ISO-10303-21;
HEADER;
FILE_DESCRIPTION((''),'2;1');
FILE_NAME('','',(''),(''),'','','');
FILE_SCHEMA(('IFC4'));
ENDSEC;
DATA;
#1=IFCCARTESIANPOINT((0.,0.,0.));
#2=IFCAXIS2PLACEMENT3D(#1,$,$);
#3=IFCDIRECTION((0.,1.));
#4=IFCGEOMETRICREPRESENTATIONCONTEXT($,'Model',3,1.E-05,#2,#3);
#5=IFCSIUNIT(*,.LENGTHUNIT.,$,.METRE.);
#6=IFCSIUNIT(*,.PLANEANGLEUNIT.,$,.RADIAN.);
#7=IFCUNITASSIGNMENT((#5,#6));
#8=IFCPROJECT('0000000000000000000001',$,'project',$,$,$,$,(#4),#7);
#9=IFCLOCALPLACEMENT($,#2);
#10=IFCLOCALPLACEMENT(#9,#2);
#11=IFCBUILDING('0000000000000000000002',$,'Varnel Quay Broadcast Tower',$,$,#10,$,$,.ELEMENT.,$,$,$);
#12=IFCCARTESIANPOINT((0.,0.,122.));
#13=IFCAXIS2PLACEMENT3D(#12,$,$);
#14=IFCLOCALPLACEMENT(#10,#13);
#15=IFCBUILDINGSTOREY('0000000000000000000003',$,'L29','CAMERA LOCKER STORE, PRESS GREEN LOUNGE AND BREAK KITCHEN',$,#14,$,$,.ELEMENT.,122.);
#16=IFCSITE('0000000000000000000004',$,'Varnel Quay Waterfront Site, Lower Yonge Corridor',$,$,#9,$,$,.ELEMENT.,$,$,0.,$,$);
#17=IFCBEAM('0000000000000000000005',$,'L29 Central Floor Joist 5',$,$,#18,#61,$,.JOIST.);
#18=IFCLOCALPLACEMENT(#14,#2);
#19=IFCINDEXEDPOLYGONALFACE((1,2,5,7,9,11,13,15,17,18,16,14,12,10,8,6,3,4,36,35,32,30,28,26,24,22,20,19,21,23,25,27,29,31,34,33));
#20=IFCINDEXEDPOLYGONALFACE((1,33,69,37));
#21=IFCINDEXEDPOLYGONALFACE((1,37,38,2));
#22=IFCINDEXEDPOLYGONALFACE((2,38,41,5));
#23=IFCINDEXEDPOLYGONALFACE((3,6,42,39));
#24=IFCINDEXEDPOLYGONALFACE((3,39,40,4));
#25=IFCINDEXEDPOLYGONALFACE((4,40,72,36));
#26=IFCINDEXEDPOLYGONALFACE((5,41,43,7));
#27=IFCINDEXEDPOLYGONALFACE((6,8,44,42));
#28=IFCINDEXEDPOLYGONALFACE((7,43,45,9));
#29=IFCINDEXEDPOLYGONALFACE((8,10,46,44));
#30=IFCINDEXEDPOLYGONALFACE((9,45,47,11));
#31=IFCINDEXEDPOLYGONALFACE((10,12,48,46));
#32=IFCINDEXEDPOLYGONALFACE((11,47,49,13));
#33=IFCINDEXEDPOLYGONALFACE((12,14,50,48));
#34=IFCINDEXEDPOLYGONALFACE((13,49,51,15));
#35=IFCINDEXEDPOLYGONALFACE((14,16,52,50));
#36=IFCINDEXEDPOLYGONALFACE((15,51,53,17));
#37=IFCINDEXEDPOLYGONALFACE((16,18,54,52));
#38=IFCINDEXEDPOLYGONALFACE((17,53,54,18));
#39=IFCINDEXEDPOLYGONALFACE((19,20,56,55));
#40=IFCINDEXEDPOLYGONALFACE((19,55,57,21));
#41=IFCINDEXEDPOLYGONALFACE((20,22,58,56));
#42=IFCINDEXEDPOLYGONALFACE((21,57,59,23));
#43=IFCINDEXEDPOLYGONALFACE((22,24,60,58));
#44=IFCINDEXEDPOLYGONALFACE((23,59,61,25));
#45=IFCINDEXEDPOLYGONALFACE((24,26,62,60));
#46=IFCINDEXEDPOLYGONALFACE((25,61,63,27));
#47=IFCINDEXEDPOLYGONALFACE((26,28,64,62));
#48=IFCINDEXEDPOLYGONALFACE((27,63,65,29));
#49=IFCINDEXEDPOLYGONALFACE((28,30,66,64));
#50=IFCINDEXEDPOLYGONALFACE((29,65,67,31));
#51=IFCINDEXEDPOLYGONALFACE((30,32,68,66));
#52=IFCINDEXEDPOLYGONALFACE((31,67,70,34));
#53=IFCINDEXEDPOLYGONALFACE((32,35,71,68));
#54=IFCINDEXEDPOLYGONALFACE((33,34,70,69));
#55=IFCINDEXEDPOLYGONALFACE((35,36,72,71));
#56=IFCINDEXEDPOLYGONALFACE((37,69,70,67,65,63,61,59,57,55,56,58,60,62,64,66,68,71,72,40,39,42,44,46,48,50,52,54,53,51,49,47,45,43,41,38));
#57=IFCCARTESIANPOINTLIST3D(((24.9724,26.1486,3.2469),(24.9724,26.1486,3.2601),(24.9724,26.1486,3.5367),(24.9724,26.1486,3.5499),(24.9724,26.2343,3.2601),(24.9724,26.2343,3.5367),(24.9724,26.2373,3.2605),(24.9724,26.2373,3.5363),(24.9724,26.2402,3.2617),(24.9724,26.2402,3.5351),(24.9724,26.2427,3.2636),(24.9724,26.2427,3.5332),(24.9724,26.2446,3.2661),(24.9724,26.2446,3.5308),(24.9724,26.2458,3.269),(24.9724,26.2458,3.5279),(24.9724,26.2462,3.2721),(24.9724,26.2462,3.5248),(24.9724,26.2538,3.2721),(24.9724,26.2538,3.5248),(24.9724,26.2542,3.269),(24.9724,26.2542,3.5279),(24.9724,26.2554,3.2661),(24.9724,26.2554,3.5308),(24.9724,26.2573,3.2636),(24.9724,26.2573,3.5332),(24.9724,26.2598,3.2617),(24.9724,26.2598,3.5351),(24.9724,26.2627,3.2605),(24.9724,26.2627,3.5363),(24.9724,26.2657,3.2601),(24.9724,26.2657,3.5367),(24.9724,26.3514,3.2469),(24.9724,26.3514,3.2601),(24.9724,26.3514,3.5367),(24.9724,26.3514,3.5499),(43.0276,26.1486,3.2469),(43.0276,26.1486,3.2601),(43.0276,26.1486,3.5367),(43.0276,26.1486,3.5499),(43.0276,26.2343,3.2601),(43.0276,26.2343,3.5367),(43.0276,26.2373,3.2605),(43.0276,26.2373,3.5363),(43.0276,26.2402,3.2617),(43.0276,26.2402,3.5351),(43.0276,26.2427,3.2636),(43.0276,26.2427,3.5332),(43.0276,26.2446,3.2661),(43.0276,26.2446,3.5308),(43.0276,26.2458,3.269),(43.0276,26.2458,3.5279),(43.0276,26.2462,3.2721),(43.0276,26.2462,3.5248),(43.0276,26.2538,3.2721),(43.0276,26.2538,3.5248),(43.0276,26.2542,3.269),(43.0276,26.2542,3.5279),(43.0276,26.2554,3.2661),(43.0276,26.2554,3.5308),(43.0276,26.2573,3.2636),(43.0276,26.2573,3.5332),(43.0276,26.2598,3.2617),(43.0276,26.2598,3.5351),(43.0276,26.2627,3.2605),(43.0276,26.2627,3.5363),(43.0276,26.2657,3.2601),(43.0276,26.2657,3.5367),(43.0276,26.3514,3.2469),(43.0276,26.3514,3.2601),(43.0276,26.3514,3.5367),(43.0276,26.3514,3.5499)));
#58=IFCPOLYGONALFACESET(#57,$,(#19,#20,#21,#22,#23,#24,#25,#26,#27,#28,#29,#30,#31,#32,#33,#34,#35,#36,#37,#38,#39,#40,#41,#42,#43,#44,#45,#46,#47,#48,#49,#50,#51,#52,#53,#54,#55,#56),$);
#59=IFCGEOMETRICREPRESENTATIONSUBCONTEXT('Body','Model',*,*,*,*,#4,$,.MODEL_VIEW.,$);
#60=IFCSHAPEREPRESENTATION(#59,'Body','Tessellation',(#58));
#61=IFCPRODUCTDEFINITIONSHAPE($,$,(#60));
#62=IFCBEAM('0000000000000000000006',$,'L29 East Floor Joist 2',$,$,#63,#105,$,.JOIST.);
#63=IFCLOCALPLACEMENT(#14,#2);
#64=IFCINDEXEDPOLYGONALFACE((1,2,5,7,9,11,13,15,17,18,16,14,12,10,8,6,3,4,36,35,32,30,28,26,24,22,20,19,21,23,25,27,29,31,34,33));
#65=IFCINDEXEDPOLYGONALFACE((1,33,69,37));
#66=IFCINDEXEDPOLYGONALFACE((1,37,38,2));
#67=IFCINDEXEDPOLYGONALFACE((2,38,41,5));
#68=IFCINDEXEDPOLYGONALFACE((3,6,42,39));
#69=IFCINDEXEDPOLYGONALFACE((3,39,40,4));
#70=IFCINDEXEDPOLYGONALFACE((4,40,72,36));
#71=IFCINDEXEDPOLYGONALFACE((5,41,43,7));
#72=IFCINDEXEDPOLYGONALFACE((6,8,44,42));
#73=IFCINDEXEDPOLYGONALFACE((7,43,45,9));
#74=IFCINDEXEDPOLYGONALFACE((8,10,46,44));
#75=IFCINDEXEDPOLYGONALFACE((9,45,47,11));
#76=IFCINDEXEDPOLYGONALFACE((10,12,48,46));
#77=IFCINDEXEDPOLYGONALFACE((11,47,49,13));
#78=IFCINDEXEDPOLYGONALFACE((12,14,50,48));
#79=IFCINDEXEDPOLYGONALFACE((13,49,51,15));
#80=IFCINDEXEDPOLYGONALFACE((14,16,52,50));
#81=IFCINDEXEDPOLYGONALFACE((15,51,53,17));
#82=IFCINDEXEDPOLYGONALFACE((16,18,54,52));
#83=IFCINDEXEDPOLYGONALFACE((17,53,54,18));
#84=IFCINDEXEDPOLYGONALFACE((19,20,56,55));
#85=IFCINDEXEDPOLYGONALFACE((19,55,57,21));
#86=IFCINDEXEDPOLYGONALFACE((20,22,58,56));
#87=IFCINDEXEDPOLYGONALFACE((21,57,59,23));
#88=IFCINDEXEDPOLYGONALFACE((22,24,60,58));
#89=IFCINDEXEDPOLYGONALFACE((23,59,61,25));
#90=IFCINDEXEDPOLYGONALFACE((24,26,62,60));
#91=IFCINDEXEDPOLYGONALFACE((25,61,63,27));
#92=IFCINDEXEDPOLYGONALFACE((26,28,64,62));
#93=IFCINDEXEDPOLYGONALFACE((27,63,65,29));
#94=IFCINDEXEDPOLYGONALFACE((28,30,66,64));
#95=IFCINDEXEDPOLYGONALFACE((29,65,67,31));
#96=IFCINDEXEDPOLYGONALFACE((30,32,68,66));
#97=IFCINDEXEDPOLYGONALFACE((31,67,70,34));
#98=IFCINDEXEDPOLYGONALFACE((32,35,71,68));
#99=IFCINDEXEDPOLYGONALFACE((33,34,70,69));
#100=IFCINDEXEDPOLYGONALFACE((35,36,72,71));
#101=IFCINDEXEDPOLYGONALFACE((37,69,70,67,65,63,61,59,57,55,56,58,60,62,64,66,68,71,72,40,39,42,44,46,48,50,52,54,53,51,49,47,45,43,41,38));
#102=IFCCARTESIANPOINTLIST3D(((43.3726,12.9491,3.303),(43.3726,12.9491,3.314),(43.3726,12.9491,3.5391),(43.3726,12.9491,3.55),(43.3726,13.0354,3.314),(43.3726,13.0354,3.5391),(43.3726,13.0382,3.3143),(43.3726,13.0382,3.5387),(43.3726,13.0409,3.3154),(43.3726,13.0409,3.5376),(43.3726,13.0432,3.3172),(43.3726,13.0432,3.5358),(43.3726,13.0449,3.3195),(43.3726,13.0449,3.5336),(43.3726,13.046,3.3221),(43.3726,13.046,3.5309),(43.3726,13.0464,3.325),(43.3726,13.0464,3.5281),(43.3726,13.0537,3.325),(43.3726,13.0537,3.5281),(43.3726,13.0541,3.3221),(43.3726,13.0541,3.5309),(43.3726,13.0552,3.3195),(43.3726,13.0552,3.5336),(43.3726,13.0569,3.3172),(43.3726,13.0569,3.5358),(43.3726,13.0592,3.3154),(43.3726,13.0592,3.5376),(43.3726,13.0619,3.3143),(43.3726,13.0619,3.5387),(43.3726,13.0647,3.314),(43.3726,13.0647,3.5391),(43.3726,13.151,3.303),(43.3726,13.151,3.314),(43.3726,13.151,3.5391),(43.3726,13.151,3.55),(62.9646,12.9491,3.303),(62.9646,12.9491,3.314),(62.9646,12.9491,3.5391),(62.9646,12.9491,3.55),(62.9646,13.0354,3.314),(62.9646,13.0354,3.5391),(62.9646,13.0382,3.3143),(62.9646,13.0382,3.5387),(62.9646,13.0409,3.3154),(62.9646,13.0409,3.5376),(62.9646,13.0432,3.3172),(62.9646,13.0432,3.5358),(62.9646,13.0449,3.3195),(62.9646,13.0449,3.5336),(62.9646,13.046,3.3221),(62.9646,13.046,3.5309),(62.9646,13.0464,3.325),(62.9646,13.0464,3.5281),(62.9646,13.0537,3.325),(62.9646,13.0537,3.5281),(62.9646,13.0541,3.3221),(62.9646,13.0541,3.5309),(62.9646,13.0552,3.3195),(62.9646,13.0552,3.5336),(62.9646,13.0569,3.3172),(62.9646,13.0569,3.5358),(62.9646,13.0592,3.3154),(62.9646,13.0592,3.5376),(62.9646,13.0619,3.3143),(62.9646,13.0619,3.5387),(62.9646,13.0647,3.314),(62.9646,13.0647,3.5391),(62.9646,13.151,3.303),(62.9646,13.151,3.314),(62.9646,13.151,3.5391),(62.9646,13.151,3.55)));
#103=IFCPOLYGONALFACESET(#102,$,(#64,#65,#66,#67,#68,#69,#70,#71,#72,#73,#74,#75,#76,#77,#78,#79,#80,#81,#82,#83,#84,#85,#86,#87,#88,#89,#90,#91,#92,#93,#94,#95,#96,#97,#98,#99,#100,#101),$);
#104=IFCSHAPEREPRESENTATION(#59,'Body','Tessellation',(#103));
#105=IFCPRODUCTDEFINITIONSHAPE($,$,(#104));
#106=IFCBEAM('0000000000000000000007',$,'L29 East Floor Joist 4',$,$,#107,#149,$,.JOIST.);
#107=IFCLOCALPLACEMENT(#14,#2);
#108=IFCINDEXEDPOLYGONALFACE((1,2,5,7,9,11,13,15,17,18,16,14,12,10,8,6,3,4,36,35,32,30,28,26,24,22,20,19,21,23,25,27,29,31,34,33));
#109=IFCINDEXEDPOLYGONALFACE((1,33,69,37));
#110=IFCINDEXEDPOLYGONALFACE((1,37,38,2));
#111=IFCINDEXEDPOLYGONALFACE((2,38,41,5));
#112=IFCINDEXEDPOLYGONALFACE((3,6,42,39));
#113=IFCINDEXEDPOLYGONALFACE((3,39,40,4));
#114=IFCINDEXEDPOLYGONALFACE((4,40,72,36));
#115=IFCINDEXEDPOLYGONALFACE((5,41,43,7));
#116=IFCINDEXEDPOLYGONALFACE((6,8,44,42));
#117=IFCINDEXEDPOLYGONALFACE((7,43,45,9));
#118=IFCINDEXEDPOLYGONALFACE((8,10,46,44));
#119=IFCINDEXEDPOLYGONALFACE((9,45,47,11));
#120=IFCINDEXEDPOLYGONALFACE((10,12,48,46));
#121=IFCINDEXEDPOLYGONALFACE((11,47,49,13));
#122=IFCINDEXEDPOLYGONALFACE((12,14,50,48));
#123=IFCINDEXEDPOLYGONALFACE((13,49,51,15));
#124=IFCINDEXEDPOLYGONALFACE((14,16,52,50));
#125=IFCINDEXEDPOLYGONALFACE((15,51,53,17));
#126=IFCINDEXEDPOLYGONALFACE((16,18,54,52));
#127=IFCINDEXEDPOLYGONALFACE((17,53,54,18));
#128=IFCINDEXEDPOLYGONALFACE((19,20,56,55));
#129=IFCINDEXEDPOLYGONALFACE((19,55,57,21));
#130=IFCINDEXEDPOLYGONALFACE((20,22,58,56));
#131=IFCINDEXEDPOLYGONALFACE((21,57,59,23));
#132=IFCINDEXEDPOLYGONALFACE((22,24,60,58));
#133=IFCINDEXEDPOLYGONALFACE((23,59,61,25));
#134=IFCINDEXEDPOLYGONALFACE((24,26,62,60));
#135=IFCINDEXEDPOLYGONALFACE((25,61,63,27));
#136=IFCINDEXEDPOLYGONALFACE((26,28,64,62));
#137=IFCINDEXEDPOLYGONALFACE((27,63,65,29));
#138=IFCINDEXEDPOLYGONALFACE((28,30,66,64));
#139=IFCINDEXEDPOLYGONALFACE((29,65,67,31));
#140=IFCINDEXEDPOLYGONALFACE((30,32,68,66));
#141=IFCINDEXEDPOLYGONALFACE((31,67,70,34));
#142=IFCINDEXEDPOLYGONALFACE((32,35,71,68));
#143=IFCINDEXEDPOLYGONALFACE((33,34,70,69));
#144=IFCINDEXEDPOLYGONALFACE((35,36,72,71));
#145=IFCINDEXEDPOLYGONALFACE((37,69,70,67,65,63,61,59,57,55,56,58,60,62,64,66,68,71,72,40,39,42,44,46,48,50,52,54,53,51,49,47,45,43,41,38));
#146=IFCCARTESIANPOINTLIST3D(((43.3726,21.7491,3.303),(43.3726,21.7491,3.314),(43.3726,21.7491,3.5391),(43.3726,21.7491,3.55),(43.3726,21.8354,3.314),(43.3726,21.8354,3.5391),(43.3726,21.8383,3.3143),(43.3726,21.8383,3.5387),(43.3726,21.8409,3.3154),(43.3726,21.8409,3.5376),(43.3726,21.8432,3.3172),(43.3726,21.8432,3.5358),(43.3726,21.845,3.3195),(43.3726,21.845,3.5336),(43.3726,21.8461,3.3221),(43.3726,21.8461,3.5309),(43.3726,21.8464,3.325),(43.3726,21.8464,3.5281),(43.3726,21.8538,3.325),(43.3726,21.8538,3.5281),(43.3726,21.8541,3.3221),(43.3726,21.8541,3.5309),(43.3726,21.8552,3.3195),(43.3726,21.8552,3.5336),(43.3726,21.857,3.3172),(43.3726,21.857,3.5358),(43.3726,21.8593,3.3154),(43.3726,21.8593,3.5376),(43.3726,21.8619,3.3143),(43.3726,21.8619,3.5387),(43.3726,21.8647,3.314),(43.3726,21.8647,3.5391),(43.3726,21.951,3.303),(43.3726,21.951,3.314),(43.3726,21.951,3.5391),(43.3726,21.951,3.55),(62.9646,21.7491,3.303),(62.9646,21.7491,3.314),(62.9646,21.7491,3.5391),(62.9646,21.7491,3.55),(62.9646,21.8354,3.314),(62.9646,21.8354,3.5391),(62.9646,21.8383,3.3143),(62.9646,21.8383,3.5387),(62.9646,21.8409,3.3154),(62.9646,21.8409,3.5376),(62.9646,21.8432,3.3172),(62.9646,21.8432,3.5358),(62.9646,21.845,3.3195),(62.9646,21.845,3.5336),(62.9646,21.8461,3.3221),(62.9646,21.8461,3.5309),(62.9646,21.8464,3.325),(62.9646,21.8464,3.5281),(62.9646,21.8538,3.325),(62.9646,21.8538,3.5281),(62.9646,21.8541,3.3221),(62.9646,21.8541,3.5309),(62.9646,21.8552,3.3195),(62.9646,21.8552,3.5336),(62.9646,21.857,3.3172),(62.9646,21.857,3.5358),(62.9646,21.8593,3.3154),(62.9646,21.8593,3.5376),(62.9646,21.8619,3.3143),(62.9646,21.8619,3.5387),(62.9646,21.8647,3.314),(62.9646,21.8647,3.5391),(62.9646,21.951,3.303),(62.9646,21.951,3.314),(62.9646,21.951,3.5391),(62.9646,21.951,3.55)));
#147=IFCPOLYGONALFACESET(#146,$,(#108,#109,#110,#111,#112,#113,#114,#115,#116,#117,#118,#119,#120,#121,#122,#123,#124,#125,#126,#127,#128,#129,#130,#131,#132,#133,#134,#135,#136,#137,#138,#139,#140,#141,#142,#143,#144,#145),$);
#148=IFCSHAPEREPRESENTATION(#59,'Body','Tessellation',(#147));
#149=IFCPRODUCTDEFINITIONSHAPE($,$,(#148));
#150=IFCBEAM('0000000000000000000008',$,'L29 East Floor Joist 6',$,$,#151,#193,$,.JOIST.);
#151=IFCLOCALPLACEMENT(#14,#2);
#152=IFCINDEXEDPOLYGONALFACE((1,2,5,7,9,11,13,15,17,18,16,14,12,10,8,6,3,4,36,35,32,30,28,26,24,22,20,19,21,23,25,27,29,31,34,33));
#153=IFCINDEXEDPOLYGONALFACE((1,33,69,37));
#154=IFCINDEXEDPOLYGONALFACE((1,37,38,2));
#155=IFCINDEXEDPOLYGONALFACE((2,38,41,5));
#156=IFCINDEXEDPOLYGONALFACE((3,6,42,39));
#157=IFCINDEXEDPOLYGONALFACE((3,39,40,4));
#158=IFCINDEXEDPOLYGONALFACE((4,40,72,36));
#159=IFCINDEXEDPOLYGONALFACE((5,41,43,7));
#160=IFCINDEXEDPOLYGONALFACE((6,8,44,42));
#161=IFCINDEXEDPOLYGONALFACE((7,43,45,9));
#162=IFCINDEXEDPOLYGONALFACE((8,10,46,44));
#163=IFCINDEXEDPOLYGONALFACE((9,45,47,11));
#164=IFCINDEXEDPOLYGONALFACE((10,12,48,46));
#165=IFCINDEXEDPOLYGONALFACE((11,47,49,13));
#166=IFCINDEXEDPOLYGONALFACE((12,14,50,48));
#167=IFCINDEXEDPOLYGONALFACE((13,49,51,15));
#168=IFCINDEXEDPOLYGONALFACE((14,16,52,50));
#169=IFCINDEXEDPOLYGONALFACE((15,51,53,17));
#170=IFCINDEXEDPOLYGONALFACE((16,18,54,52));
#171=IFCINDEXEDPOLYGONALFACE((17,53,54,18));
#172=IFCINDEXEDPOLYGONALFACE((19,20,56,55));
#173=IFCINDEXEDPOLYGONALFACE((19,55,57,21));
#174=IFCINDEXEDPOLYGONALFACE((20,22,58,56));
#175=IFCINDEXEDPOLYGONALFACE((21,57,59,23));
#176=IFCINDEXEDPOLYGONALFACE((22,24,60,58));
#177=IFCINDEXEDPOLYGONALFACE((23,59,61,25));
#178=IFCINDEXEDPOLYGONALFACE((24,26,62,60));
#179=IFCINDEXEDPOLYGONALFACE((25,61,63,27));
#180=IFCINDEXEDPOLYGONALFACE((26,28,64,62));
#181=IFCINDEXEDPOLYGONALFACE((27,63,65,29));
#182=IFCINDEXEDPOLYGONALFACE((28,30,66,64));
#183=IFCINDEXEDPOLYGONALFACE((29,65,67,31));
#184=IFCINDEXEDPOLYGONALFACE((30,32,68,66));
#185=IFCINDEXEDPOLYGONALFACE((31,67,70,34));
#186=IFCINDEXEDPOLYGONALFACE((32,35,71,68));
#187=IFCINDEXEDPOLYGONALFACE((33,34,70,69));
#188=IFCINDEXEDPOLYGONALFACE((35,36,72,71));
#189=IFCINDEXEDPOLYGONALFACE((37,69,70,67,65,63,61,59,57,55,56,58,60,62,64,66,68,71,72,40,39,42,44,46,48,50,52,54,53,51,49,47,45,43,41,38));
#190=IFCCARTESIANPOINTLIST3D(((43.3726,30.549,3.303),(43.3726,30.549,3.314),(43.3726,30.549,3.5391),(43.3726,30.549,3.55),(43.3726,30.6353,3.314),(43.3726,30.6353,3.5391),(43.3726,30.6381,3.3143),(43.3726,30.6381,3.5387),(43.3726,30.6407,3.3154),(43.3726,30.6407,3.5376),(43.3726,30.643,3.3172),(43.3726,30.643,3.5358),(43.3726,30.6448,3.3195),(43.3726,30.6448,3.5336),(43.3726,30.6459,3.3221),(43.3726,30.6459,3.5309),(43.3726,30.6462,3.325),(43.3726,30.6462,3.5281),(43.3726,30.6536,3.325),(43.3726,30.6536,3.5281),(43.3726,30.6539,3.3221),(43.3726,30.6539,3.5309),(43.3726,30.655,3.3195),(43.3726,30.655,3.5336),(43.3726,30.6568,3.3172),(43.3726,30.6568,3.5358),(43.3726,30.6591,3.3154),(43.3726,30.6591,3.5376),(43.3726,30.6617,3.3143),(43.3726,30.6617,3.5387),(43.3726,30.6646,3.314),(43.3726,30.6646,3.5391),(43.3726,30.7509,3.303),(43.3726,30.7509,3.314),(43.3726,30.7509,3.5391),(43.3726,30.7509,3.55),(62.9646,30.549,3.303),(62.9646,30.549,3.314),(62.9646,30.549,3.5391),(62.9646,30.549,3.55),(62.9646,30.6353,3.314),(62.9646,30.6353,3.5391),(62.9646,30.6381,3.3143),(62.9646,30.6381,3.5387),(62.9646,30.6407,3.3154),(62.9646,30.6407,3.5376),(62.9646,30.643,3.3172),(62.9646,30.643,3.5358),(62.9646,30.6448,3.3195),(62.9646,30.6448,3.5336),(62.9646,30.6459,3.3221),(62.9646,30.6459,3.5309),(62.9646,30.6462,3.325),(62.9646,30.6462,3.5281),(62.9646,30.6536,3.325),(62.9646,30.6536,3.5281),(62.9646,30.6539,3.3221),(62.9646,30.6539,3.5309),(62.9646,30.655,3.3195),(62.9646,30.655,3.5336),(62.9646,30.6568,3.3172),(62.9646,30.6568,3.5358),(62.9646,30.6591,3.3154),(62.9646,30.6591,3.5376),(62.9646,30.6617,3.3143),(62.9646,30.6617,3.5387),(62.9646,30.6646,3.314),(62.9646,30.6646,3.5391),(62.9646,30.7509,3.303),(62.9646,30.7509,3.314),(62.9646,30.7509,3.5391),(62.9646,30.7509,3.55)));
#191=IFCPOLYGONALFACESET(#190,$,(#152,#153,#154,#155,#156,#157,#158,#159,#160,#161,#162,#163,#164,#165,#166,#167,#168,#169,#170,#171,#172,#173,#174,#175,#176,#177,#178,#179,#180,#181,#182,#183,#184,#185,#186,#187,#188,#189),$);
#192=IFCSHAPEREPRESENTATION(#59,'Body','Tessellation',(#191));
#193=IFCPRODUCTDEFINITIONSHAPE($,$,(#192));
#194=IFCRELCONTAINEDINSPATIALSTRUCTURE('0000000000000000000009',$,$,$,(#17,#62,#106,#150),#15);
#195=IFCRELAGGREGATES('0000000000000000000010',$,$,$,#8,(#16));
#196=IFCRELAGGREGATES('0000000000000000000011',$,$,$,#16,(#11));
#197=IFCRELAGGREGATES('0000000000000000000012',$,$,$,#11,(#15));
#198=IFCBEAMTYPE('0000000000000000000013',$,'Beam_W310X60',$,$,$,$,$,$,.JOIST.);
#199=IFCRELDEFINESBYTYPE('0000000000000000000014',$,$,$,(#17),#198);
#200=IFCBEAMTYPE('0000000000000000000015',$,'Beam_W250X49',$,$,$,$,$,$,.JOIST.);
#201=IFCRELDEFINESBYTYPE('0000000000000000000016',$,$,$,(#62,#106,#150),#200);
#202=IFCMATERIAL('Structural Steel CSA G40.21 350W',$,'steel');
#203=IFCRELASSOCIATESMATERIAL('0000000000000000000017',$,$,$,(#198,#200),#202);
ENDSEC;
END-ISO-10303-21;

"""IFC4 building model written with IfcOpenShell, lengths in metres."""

from ifc_helpers import new_model, si_unit, direction, frame, origin, origin_2d, place, context, subcontext, project, spatial, i_section, extrude, source, transform, mapped, material, material_profile, profile_set, type_object, element, save


model = new_model("IFC4")

# Units and contexts
model_context = context("Model", 3, precision=1e-05, world=origin(), true_north=direction((0.0, 1.0)))
body_context = subcontext(model_context, "Body", "Model", "MODEL_VIEW")
ifc_project = project(units=[si_unit("LENGTHUNIT", "METRE"), si_unit("PLANEANGLEUNIT", "RADIAN")], contexts=[model_context])

# Site, building, storey
site_placement = place(None, origin())
site = spatial("IfcSite", under=ifc_project, at=site_placement, Name="Varnel Quay Waterfront Site, Lower Yonge Corridor", CompositionType="ELEMENT", RefElevation=0.0)
building_placement = place(site_placement, origin())
building = spatial("IfcBuilding", under=site, at=building_placement, Name="Varnel Quay Broadcast Tower", CompositionType="ELEMENT")
storey_placement = place(building_placement, frame((0.0, 0.0, 122.0)))
storey = spatial("IfcBuildingStorey", under=building, at=storey_placement, Name="L29", Description="CAMERA LOCKER STORE, PRESS GREEN LOUNGE AND BREAK KITCHEN", CompositionType="ELEMENT", Elevation=122.0)

# Shared definitions
ifc_material_1 = material(Name="Structural Steel CSA G40.21 350W", Category="steel")

# Beams
ifc_material_profile_1 = material_profile(ifc_material_1, i_section(OverallWidth=0.2029, OverallDepth=0.303, WebThickness=0.0076, FlangeThickness=0.0132, FilletRadius=0.012, at=origin_2d()), Name="W310X60")
ifc_profile_set_1 = profile_set([ifc_material_profile_1], Name="Structural Steel CSA G40.21 350W")
beam_type_1 = type_object("IfcBeamType", Name="Beam_W310X60", PredefinedType="JOIST", material=ifc_profile_set_1)
shared_shape_1 = source(origin(), body_context, "Body", "SweptSolid", [
    extrude(i_section(OverallWidth=0.2029, OverallDepth=0.303, WebThickness=0.0076, FlangeThickness=0.0132, FilletRadius=0.012, at=origin_2d()), origin(), (0.0, 0.0, 1.0), 18.0552),
])
beam_1_placement = place(storey_placement, frame((24.9724, 26.25, 3.3984), z_axis=(1.0, 0.0, 0.0), x_axis=(0.0, 1.0, 0.0)))
element("IfcBeam", 1, at=beam_1_placement, inside=storey, type_object=beam_type_1, Name="L29 Central Floor Joist 5", PredefinedType="JOIST", context=body_context, shape_type="MappedRepresentation", body=[
    mapped(shared_shape_1, transform((0.0, 0.0, 0.0), x_axis=(1.0, 0.0, 0.0), y_axis=(0.0, 1.0, 0.0), z_axis=(0.0, 0.0, 1.0), scale=1.0)),
])
ifc_material_profile_2 = material_profile(ifc_material_1, i_section(OverallWidth=0.2019, OverallDepth=0.2471, WebThickness=0.0073, FlangeThickness=0.011, FilletRadius=0.011, at=origin_2d()), Name="W250X49")
ifc_profile_set_2 = profile_set([ifc_material_profile_2], Name="Structural Steel CSA G40.21 350W")
beam_type_2 = type_object("IfcBeamType", Name="Beam_W250X49", PredefinedType="JOIST", material=ifc_profile_set_2)
shared_shape_2 = source(origin(), body_context, "Body", "SweptSolid", [
    extrude(i_section(OverallWidth=0.2019, OverallDepth=0.2471, WebThickness=0.0073, FlangeThickness=0.011, FilletRadius=0.011, at=origin_2d()), origin(), (0.0, 0.0, 1.0), 19.592),
])
for number, where, z_axis, x_axis, name in (
    (2, (43.3726, 13.05, 3.4265), (1.0, 0.0, 0.0), (0.0, 1.0, 0.0), "L29 East Floor Joist 2"),
    (3, (43.3726, 21.8501, 3.4265), (1.0, 0.0, 0.0), (0.0, 1.0, 0.0), "L29 East Floor Joist 4"),
    (4, (43.3726, 30.6499, 3.4265), (1.0, 0.0, 0.0), (0.0, 1.0, 0.0), "L29 East Floor Joist 6"),
):
    element("IfcBeam", number, at=place(storey_placement, frame(where, z_axis=z_axis, x_axis=x_axis)), inside=storey, type_object=beam_type_2, Name=name, PredefinedType="JOIST", context=body_context, shape_type="MappedRepresentation", body=[
        mapped(shared_shape_2, transform((0.0, 0.0, 0.0), x_axis=(1.0, 0.0, 0.0), y_axis=(0.0, 1.0, 0.0), z_axis=(0.0, 0.0, 1.0), scale=1.0)),
    ])

save(model, "model.ifc")
